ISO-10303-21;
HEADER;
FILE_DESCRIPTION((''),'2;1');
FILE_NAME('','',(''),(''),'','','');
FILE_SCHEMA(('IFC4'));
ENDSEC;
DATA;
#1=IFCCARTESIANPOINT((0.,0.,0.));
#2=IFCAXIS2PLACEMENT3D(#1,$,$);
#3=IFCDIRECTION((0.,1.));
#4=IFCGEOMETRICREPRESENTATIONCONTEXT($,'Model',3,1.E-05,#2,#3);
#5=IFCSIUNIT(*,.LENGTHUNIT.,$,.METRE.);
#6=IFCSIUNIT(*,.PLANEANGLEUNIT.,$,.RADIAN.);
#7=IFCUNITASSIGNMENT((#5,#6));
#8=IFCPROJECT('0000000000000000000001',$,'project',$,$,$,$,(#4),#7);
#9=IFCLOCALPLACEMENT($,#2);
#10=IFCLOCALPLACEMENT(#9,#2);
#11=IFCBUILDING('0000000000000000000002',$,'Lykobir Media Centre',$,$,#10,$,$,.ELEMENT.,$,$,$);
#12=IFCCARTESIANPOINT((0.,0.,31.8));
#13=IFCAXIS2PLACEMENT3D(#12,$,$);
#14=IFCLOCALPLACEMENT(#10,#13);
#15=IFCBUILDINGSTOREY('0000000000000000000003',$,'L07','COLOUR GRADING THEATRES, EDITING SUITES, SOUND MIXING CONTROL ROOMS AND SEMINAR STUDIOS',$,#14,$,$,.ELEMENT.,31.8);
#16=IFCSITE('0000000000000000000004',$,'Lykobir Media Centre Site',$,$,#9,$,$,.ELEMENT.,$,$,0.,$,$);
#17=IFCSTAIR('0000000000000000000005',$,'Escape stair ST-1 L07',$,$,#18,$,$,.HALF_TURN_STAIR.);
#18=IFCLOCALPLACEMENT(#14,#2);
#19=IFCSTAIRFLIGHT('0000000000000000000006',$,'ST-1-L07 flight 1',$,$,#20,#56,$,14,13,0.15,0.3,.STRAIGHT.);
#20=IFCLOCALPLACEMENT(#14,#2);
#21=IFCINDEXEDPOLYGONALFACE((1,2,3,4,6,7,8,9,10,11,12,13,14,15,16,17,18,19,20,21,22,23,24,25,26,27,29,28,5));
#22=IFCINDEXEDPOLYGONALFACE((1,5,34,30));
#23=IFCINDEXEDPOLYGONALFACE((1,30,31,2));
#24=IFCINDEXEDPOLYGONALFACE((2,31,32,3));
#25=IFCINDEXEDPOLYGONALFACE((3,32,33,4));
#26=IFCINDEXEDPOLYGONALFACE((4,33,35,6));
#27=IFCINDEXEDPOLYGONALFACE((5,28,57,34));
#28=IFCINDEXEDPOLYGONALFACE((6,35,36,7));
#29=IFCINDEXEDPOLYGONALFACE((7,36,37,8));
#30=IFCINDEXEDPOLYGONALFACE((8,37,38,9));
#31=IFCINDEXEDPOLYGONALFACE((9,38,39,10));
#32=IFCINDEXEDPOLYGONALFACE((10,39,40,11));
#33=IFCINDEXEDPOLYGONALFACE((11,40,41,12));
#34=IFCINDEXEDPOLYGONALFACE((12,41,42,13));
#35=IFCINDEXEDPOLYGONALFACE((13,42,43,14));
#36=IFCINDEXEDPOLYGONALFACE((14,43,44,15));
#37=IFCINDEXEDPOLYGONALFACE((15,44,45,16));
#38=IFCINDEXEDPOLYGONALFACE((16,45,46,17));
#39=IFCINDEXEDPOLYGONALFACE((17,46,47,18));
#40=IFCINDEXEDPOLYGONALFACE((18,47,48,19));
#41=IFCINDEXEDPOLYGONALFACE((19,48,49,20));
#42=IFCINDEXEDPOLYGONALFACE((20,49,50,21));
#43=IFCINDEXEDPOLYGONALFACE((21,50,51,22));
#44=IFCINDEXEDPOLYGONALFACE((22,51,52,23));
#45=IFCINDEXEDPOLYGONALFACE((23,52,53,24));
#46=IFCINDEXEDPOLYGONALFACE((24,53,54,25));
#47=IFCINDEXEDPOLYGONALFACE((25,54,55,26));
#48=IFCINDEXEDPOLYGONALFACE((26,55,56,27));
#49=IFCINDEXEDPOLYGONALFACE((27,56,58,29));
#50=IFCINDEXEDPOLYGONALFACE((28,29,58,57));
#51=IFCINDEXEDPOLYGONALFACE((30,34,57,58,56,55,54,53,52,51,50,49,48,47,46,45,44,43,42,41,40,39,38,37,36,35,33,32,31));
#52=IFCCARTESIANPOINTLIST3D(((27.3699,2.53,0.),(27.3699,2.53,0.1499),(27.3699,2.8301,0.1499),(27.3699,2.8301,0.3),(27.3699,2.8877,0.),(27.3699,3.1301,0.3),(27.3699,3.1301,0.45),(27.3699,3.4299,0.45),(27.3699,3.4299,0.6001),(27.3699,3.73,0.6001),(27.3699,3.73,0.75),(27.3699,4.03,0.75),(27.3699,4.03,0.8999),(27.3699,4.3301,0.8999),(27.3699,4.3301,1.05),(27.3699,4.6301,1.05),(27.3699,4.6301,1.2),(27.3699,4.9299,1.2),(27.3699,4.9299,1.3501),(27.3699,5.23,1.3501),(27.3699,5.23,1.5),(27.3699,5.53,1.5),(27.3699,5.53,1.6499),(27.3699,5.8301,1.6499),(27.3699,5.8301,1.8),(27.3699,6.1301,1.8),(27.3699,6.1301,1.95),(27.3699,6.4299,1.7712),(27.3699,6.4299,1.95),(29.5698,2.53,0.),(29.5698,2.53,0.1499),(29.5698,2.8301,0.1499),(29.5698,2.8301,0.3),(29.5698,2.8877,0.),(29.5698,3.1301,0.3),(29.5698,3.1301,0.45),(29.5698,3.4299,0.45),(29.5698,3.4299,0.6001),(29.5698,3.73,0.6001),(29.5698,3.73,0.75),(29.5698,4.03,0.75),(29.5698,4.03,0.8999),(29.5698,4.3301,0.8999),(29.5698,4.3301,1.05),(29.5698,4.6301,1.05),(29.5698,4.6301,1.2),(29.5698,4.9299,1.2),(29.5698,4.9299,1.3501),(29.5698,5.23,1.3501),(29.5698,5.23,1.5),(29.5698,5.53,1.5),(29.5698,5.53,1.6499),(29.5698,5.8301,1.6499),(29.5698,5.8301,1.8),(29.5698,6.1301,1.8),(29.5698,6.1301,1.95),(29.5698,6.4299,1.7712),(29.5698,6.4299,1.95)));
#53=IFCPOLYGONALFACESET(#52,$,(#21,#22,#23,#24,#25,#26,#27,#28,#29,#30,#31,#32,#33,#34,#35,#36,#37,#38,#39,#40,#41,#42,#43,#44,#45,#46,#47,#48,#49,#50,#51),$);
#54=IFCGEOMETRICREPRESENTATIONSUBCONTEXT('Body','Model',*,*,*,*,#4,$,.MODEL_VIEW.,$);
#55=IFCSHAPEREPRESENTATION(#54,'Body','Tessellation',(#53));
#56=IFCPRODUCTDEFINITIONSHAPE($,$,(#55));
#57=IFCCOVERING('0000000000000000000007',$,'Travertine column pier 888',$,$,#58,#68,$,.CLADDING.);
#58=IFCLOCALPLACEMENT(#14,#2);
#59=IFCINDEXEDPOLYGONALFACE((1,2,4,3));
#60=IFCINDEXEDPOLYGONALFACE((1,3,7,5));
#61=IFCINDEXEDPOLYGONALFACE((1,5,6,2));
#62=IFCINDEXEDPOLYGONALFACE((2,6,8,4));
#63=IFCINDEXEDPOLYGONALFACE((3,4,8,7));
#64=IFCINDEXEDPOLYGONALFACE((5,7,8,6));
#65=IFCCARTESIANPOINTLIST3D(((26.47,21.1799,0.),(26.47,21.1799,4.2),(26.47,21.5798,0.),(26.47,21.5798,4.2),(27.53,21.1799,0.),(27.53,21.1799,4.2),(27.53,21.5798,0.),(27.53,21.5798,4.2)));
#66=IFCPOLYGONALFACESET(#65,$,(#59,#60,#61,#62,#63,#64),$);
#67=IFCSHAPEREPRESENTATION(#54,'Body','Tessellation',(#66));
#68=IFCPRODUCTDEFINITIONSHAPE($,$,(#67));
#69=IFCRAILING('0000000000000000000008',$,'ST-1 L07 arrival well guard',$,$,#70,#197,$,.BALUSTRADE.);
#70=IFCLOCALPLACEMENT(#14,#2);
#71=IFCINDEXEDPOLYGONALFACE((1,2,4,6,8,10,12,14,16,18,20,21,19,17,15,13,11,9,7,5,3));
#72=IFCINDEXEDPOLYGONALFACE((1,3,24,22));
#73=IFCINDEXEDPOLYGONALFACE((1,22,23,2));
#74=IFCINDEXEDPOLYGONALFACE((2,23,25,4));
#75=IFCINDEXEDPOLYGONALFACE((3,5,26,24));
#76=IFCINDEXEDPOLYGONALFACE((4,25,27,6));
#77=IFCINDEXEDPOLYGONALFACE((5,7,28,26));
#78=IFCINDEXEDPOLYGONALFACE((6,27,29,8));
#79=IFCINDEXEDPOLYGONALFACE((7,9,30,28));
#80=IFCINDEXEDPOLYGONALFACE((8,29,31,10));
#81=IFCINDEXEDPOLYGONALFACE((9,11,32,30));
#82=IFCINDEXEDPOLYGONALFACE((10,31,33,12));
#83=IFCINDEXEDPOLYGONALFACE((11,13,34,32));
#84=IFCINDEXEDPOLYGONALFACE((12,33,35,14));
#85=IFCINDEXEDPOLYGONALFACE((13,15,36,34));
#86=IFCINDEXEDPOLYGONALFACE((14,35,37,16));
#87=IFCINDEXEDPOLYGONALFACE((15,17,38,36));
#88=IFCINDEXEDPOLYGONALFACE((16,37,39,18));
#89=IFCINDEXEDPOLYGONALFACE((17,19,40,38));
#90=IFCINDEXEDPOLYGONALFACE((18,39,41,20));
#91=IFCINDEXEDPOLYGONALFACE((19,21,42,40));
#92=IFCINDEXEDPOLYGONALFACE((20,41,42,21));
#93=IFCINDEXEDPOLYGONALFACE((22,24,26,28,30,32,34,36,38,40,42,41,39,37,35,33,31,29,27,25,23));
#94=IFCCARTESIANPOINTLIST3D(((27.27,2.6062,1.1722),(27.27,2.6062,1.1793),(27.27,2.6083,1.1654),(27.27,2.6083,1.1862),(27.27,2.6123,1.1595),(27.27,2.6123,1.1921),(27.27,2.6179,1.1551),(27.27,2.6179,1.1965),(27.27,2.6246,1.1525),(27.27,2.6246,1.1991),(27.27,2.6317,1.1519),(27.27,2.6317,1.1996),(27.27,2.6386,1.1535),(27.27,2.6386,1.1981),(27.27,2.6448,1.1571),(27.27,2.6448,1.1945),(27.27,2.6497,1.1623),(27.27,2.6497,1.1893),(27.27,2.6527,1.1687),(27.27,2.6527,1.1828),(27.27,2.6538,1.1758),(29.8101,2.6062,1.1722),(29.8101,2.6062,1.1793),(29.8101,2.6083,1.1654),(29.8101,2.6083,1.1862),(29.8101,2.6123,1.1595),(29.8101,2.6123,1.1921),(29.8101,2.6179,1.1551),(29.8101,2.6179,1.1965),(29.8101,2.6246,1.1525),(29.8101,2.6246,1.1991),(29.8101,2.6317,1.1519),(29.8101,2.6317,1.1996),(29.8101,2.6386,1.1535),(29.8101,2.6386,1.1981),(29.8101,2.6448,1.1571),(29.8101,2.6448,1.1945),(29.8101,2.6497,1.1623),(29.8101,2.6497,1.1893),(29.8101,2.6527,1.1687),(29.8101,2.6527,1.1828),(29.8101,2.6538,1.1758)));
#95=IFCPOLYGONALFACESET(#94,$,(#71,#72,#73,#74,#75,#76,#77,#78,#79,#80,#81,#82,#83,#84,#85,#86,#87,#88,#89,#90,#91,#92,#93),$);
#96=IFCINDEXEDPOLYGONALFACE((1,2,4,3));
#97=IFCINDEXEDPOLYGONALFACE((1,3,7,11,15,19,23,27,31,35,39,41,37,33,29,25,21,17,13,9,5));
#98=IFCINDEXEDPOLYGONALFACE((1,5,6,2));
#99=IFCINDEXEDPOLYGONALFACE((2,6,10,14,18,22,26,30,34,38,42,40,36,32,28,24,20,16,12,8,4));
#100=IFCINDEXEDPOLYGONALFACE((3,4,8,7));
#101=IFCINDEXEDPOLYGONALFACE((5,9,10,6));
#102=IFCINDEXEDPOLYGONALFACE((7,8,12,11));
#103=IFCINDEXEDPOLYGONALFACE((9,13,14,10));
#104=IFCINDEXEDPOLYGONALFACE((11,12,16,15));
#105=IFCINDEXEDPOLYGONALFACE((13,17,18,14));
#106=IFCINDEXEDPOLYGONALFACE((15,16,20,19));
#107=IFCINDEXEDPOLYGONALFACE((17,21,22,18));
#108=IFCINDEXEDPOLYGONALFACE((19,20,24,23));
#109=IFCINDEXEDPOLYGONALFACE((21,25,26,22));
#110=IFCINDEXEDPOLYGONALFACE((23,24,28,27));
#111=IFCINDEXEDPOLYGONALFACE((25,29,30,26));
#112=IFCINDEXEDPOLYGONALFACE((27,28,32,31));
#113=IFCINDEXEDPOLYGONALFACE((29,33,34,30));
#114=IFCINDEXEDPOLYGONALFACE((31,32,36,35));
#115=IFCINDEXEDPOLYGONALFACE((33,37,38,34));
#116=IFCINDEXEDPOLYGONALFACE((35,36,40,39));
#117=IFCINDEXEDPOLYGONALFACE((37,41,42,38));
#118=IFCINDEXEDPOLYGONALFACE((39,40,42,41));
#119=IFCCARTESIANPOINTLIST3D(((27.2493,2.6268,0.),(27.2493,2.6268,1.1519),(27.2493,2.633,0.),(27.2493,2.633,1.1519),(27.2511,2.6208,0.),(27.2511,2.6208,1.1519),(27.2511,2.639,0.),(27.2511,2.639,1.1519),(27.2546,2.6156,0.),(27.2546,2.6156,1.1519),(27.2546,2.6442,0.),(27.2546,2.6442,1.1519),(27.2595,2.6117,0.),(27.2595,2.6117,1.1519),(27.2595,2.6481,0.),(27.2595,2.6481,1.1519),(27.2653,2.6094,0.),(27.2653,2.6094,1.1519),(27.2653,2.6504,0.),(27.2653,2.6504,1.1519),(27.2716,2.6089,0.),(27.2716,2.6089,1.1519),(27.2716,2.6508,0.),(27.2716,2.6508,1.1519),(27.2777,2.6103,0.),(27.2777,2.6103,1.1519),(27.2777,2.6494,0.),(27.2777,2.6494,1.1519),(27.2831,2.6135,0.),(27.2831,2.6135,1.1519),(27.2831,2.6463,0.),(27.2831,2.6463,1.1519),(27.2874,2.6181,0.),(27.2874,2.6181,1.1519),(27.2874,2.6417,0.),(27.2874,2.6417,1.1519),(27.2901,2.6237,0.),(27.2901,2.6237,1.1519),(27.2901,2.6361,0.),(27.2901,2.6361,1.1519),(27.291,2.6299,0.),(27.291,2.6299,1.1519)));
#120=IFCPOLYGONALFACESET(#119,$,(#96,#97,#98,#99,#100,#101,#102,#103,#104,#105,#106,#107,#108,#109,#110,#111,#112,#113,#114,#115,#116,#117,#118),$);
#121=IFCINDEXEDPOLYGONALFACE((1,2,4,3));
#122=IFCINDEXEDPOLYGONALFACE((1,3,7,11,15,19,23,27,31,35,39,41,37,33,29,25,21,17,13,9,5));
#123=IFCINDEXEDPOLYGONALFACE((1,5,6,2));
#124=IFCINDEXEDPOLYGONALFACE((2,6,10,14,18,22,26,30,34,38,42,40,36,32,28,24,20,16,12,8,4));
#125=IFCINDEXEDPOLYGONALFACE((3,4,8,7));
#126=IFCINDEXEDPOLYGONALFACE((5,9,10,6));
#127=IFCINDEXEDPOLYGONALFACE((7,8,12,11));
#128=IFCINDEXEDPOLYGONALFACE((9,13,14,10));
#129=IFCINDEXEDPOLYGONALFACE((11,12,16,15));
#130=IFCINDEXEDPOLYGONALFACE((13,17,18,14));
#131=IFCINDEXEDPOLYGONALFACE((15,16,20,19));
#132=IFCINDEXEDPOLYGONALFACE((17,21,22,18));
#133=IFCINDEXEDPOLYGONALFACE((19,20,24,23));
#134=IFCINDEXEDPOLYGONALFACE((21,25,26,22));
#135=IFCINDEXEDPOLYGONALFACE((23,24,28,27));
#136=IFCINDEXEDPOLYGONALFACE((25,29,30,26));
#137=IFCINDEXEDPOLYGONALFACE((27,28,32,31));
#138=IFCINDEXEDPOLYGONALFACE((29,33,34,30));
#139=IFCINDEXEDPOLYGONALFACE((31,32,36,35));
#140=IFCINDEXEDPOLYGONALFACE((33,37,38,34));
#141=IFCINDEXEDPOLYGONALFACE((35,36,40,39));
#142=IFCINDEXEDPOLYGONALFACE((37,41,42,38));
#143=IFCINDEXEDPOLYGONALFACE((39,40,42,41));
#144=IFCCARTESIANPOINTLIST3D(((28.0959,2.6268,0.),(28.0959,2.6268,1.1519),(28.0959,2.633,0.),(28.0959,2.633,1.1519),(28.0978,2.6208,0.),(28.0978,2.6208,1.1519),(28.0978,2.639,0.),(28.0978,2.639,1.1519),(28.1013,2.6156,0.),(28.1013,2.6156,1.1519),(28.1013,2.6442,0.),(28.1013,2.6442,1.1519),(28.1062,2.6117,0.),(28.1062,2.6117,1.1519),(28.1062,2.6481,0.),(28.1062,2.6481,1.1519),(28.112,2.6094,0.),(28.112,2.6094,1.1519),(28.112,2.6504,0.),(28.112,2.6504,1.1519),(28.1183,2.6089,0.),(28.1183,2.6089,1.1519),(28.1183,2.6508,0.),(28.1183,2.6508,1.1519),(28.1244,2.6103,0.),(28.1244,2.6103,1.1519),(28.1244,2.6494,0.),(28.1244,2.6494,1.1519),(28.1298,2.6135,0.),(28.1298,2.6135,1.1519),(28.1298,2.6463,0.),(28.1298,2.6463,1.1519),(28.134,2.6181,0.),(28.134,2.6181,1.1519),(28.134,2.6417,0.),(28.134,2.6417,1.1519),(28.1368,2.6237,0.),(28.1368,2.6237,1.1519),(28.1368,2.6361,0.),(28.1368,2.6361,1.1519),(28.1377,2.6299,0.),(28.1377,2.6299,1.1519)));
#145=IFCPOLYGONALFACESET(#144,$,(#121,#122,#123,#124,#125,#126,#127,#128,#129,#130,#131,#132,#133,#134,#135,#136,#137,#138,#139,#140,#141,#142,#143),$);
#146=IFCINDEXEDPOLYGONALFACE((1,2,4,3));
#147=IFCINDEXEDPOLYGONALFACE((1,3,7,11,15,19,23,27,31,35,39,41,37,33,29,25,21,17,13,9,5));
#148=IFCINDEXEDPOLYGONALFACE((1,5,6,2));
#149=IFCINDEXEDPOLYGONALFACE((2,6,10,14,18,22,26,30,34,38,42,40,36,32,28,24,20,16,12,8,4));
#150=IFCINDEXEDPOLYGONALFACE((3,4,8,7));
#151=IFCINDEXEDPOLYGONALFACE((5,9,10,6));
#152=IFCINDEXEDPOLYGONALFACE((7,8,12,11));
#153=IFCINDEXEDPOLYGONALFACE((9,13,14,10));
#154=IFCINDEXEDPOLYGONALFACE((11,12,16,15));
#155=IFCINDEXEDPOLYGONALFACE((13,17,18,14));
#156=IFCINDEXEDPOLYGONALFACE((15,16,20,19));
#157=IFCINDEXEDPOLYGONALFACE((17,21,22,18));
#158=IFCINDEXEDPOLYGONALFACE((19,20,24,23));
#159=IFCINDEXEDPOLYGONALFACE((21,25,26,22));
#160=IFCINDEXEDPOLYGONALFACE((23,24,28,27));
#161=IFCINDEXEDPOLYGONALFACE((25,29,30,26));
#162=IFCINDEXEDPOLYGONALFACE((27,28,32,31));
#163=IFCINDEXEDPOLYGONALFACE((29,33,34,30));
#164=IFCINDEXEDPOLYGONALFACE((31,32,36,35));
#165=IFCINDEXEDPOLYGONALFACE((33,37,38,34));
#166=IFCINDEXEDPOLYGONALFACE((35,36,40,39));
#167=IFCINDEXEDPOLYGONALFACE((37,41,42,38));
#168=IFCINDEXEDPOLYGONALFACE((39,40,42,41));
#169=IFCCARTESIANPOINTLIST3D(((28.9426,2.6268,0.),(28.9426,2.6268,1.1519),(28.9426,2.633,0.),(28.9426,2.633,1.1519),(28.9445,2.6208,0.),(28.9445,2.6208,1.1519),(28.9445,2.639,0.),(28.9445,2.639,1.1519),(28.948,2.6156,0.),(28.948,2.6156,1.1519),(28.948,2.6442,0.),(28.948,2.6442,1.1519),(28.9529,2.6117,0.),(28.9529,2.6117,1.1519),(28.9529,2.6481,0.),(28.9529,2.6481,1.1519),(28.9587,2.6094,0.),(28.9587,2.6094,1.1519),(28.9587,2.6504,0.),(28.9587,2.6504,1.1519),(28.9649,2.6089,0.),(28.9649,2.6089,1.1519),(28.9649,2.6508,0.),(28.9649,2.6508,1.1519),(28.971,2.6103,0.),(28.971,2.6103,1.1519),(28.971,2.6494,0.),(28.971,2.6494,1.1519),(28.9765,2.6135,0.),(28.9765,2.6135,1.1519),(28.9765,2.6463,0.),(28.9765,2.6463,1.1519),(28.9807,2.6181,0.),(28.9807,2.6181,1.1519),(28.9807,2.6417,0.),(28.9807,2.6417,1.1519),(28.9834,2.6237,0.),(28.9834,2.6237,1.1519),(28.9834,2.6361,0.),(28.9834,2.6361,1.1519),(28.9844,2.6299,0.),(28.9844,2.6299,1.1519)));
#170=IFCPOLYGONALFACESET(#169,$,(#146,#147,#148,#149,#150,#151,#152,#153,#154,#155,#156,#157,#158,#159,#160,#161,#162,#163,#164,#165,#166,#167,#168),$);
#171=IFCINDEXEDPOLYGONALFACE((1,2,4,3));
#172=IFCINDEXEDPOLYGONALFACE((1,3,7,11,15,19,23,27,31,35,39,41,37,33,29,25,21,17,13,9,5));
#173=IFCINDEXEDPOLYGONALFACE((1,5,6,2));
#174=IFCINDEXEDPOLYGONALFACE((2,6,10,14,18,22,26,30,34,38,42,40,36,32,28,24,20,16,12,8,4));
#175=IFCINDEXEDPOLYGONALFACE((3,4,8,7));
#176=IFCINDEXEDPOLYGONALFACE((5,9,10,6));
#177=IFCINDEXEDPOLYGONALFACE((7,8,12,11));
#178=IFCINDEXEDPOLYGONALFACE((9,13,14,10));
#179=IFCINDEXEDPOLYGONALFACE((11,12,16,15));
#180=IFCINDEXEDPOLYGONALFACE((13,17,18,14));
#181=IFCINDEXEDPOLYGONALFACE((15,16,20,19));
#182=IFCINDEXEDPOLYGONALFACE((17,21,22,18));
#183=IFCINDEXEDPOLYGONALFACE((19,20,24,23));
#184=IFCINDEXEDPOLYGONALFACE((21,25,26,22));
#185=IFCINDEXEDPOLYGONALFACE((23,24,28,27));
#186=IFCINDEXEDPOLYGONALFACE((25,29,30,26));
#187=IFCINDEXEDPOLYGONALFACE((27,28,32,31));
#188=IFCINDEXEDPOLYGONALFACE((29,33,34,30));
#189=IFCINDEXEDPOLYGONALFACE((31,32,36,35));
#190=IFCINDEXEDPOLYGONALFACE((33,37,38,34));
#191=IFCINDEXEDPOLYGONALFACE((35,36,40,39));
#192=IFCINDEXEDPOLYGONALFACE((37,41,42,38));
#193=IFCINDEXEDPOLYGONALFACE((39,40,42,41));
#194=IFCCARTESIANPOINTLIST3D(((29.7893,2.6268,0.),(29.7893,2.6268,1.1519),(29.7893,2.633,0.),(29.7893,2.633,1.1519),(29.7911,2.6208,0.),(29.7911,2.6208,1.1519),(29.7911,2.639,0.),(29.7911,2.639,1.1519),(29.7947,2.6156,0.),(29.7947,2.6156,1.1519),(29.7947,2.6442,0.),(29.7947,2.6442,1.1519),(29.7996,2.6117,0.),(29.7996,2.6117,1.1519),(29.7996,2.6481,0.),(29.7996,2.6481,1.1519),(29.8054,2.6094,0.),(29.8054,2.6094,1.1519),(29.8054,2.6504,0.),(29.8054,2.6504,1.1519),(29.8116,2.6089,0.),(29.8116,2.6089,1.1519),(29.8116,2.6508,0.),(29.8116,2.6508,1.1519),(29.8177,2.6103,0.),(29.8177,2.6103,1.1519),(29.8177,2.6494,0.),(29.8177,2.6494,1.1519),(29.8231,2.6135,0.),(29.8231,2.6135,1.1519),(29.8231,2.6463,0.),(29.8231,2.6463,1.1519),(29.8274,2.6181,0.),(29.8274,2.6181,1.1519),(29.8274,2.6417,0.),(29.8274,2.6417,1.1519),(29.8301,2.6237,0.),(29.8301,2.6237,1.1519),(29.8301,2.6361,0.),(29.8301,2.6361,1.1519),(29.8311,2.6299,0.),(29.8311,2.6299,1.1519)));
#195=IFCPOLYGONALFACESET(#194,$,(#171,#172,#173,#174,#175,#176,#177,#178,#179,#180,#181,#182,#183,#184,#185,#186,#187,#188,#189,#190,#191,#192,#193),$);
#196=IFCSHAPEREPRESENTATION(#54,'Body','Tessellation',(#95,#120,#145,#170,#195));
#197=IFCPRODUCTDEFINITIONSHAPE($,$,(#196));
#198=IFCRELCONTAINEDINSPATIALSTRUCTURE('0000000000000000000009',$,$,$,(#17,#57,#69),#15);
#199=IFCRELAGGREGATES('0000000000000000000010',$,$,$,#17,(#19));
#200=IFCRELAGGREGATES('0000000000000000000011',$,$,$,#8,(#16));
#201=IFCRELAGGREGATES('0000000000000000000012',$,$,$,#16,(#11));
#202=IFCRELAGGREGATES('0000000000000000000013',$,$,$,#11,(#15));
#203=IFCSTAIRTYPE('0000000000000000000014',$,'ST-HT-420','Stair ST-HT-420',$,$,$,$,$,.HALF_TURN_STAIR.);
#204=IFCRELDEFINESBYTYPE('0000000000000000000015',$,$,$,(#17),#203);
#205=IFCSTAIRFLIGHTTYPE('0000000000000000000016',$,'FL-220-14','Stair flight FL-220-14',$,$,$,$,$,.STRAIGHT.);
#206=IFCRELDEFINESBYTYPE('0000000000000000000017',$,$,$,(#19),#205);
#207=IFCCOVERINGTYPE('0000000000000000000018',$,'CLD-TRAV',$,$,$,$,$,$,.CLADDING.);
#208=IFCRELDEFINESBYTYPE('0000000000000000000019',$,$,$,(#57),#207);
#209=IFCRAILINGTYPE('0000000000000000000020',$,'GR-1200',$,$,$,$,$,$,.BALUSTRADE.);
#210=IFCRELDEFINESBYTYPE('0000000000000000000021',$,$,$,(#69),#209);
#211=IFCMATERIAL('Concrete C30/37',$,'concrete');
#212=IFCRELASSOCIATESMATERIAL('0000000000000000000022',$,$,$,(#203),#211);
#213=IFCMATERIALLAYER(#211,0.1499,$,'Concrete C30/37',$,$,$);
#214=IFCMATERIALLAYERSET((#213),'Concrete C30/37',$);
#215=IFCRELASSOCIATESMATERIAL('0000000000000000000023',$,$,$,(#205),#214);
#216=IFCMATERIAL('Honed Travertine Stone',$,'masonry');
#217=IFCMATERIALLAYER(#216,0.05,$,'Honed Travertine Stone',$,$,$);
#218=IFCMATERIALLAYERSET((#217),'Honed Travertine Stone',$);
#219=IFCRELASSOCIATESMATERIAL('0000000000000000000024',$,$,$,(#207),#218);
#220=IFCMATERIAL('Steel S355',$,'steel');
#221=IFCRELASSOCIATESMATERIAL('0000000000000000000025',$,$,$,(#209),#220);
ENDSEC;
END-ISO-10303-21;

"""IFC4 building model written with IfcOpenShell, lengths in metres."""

from ifc_helpers import new_model, si_unit, direction, frame, origin, origin_2d, place, context, subcontext, project, spatial, polyline, rectangle, circle, outline, extrude, material, layer, layer_set, type_object, element, aggregate, save


model = new_model("IFC4")

# Units and contexts
model_context = context("Model", 3, precision=1e-05, world=origin(), true_north=direction((0.0, 1.0)))
body_context = subcontext(model_context, "Body", "Model", "MODEL_VIEW")
ifc_project = project(units=[si_unit("LENGTHUNIT", "METRE"), si_unit("PLANEANGLEUNIT", "RADIAN")], contexts=[model_context])

# Site, building, storey
site_placement = place(None, origin())
site = spatial("IfcSite", under=ifc_project, at=site_placement, Name="Lykobir Media Centre Site", CompositionType="ELEMENT", RefElevation=0.0)
building_placement = place(site_placement, origin())
building = spatial("IfcBuilding", under=site, at=building_placement, Name="Lykobir Media Centre", CompositionType="ELEMENT")
storey_placement = place(building_placement, frame((0.0, 0.0, 31.8)))
storey = spatial("IfcBuildingStorey", under=building, at=storey_placement, Name="L07", Description="COLOUR GRADING THEATRES, EDITING SUITES, SOUND MIXING CONTROL ROOMS AND SEMINAR STUDIOS", CompositionType="ELEMENT", Elevation=31.8)

# Shared definitions
ifc_material_1 = material(Name="Steel S355", Category="steel")

# Shared definitions
ifc_material_2 = material(Name="Concrete C30/37", Category="concrete")

# Stair
stair_type = type_object("IfcStairType", Name="ST-HT-420", Description="Stair ST-HT-420", PredefinedType="HALF_TURN_STAIR", material=ifc_material_2)
stair_1_placement = place(storey_placement, origin())
stair_1 = element("IfcStair", 1, at=stair_1_placement, inside=storey, type_object=stair_type, Name="Escape stair ST-1 L07", PredefinedType="HALF_TURN_STAIR")

# Stair flight
ifc_layer_1 = layer(ifc_material_2, 0.1499, Name="Concrete C30/37")
ifc_layer_set_1 = layer_set([ifc_layer_1], Name="Concrete C30/37")
stair_flight_type = type_object("IfcStairFlightType", Name="FL-220-14", Description="Stair flight FL-220-14", PredefinedType="STRAIGHT", material=ifc_layer_set_1)
stair_flight_placement = place(storey_placement, frame((28.47, 2.53, 0.0), z_axis=(0.0, 0.0, 1.0), x_axis=(0.0, 1.0, 0.0)))
stair_flight = element("IfcStairFlight", 2, at=stair_flight_placement, type_object=stair_flight_type, Name="ST-1-L07 flight 1", NumberOfRisers=14, NumberOfTreads=13, PredefinedType="STRAIGHT", RiserHeight=0.15, TreadLength=0.3, context=body_context, shape_type="SweptSolid", body=[
    extrude(outline(polyline([(0.0, 0.0), (0.0, 0.1499), (0.3, 0.1499), (0.3, 0.3), (0.6001, 0.3), (0.6001, 0.45), (0.8999, 0.45), (0.8999, 0.6001), (1.2, 0.6001), (1.2, 0.75), (1.5, 0.75), (1.5, 0.8999), (1.8, 0.8999), (1.8, 1.05), (2.1001, 1.05), (2.1001, 1.2), (2.3999, 1.2), (2.3999, 1.3501), (2.7, 1.3501), (2.7, 1.5), (3.0, 1.5), (3.0, 1.6499), (3.3, 1.6499), (3.3, 1.8), (3.6001, 1.8), (3.6001, 1.95), (3.8999, 1.95), (3.8999, 2.1001), (3.8999, 1.7712), (0.3577, 0.0), (0.0, 0.0)])), frame((0.0, 1.1001, 0.0), z_axis=(0.0, -1.0, 0.0), x_axis=(1.0, 0.0, 0.0)), (0.0, 0.0, 1.0), 2.2),
])
aggregate(stair_1, [stair_flight])

# Covering
ifc_material_3 = material(Name="Honed Travertine Stone", Category="masonry")
ifc_layer_2 = layer(ifc_material_3, 0.05, Name="Honed Travertine Stone")
ifc_layer_set_2 = layer_set([ifc_layer_2], Name="Honed Travertine Stone")
covering_type = type_object("IfcCoveringType", Name="CLD-TRAV", PredefinedType="CLADDING", material=ifc_layer_set_2)
covering_placement = place(storey_placement, frame((27.0, 21.3799, 0.0), z_axis=(0.0, 0.0, 1.0), x_axis=(-1.0, 0.0, 0.0)))
element("IfcCovering", 3, at=covering_placement, inside=storey, type_object=covering_type, Name="Travertine column pier 888", PredefinedType="CLADDING", context=body_context, shape_type="SweptSolid", body=[
    extrude(rectangle(XDim=1.0601, YDim=0.3999, at=origin_2d()), origin(), (0.0, 0.0, 1.0), 4.2),
])

# Railing
railing_type_1 = type_object("IfcRailingType", Name="GR-1200", PredefinedType="BALUSTRADE", material=ifc_material_1)
railing_1_placement = place(storey_placement, frame((27.27, 2.6299, 0.0)))
element("IfcRailing", 4, at=railing_1_placement, inside=storey, type_object=railing_type_1, Name="ST-1 L07 arrival well guard", PredefinedType="BALUSTRADE", context=body_context, shape_type="SweptSolid", body=[
    extrude(circle(Radius=0.0239, at=origin_2d()), frame((0.0, 0.0, 1.1758), z_axis=(1.0, 0.0, 0.0), x_axis=(0.0, 1.0, 0.0)), (0.0, 0.0, 1.0), 2.54),
    extrude(circle(Radius=0.021, at=origin_2d()), origin(), (0.0, 0.0, 1.0), 1.1519),
    extrude(circle(Radius=0.021, at=origin_2d()), frame((0.8467, 0.0, 0.0)), (0.0, 0.0, 1.0), 1.1519),
    extrude(circle(Radius=0.021, at=origin_2d()), frame((1.6934, 0.0, 0.0)), (0.0, 0.0, 1.0), 1.1519),
    extrude(circle(Radius=0.021, at=origin_2d()), frame((2.54, 0.0, 0.0)), (0.0, 0.0, 1.0), 1.1519),
])

save(model, "model.ifc")
